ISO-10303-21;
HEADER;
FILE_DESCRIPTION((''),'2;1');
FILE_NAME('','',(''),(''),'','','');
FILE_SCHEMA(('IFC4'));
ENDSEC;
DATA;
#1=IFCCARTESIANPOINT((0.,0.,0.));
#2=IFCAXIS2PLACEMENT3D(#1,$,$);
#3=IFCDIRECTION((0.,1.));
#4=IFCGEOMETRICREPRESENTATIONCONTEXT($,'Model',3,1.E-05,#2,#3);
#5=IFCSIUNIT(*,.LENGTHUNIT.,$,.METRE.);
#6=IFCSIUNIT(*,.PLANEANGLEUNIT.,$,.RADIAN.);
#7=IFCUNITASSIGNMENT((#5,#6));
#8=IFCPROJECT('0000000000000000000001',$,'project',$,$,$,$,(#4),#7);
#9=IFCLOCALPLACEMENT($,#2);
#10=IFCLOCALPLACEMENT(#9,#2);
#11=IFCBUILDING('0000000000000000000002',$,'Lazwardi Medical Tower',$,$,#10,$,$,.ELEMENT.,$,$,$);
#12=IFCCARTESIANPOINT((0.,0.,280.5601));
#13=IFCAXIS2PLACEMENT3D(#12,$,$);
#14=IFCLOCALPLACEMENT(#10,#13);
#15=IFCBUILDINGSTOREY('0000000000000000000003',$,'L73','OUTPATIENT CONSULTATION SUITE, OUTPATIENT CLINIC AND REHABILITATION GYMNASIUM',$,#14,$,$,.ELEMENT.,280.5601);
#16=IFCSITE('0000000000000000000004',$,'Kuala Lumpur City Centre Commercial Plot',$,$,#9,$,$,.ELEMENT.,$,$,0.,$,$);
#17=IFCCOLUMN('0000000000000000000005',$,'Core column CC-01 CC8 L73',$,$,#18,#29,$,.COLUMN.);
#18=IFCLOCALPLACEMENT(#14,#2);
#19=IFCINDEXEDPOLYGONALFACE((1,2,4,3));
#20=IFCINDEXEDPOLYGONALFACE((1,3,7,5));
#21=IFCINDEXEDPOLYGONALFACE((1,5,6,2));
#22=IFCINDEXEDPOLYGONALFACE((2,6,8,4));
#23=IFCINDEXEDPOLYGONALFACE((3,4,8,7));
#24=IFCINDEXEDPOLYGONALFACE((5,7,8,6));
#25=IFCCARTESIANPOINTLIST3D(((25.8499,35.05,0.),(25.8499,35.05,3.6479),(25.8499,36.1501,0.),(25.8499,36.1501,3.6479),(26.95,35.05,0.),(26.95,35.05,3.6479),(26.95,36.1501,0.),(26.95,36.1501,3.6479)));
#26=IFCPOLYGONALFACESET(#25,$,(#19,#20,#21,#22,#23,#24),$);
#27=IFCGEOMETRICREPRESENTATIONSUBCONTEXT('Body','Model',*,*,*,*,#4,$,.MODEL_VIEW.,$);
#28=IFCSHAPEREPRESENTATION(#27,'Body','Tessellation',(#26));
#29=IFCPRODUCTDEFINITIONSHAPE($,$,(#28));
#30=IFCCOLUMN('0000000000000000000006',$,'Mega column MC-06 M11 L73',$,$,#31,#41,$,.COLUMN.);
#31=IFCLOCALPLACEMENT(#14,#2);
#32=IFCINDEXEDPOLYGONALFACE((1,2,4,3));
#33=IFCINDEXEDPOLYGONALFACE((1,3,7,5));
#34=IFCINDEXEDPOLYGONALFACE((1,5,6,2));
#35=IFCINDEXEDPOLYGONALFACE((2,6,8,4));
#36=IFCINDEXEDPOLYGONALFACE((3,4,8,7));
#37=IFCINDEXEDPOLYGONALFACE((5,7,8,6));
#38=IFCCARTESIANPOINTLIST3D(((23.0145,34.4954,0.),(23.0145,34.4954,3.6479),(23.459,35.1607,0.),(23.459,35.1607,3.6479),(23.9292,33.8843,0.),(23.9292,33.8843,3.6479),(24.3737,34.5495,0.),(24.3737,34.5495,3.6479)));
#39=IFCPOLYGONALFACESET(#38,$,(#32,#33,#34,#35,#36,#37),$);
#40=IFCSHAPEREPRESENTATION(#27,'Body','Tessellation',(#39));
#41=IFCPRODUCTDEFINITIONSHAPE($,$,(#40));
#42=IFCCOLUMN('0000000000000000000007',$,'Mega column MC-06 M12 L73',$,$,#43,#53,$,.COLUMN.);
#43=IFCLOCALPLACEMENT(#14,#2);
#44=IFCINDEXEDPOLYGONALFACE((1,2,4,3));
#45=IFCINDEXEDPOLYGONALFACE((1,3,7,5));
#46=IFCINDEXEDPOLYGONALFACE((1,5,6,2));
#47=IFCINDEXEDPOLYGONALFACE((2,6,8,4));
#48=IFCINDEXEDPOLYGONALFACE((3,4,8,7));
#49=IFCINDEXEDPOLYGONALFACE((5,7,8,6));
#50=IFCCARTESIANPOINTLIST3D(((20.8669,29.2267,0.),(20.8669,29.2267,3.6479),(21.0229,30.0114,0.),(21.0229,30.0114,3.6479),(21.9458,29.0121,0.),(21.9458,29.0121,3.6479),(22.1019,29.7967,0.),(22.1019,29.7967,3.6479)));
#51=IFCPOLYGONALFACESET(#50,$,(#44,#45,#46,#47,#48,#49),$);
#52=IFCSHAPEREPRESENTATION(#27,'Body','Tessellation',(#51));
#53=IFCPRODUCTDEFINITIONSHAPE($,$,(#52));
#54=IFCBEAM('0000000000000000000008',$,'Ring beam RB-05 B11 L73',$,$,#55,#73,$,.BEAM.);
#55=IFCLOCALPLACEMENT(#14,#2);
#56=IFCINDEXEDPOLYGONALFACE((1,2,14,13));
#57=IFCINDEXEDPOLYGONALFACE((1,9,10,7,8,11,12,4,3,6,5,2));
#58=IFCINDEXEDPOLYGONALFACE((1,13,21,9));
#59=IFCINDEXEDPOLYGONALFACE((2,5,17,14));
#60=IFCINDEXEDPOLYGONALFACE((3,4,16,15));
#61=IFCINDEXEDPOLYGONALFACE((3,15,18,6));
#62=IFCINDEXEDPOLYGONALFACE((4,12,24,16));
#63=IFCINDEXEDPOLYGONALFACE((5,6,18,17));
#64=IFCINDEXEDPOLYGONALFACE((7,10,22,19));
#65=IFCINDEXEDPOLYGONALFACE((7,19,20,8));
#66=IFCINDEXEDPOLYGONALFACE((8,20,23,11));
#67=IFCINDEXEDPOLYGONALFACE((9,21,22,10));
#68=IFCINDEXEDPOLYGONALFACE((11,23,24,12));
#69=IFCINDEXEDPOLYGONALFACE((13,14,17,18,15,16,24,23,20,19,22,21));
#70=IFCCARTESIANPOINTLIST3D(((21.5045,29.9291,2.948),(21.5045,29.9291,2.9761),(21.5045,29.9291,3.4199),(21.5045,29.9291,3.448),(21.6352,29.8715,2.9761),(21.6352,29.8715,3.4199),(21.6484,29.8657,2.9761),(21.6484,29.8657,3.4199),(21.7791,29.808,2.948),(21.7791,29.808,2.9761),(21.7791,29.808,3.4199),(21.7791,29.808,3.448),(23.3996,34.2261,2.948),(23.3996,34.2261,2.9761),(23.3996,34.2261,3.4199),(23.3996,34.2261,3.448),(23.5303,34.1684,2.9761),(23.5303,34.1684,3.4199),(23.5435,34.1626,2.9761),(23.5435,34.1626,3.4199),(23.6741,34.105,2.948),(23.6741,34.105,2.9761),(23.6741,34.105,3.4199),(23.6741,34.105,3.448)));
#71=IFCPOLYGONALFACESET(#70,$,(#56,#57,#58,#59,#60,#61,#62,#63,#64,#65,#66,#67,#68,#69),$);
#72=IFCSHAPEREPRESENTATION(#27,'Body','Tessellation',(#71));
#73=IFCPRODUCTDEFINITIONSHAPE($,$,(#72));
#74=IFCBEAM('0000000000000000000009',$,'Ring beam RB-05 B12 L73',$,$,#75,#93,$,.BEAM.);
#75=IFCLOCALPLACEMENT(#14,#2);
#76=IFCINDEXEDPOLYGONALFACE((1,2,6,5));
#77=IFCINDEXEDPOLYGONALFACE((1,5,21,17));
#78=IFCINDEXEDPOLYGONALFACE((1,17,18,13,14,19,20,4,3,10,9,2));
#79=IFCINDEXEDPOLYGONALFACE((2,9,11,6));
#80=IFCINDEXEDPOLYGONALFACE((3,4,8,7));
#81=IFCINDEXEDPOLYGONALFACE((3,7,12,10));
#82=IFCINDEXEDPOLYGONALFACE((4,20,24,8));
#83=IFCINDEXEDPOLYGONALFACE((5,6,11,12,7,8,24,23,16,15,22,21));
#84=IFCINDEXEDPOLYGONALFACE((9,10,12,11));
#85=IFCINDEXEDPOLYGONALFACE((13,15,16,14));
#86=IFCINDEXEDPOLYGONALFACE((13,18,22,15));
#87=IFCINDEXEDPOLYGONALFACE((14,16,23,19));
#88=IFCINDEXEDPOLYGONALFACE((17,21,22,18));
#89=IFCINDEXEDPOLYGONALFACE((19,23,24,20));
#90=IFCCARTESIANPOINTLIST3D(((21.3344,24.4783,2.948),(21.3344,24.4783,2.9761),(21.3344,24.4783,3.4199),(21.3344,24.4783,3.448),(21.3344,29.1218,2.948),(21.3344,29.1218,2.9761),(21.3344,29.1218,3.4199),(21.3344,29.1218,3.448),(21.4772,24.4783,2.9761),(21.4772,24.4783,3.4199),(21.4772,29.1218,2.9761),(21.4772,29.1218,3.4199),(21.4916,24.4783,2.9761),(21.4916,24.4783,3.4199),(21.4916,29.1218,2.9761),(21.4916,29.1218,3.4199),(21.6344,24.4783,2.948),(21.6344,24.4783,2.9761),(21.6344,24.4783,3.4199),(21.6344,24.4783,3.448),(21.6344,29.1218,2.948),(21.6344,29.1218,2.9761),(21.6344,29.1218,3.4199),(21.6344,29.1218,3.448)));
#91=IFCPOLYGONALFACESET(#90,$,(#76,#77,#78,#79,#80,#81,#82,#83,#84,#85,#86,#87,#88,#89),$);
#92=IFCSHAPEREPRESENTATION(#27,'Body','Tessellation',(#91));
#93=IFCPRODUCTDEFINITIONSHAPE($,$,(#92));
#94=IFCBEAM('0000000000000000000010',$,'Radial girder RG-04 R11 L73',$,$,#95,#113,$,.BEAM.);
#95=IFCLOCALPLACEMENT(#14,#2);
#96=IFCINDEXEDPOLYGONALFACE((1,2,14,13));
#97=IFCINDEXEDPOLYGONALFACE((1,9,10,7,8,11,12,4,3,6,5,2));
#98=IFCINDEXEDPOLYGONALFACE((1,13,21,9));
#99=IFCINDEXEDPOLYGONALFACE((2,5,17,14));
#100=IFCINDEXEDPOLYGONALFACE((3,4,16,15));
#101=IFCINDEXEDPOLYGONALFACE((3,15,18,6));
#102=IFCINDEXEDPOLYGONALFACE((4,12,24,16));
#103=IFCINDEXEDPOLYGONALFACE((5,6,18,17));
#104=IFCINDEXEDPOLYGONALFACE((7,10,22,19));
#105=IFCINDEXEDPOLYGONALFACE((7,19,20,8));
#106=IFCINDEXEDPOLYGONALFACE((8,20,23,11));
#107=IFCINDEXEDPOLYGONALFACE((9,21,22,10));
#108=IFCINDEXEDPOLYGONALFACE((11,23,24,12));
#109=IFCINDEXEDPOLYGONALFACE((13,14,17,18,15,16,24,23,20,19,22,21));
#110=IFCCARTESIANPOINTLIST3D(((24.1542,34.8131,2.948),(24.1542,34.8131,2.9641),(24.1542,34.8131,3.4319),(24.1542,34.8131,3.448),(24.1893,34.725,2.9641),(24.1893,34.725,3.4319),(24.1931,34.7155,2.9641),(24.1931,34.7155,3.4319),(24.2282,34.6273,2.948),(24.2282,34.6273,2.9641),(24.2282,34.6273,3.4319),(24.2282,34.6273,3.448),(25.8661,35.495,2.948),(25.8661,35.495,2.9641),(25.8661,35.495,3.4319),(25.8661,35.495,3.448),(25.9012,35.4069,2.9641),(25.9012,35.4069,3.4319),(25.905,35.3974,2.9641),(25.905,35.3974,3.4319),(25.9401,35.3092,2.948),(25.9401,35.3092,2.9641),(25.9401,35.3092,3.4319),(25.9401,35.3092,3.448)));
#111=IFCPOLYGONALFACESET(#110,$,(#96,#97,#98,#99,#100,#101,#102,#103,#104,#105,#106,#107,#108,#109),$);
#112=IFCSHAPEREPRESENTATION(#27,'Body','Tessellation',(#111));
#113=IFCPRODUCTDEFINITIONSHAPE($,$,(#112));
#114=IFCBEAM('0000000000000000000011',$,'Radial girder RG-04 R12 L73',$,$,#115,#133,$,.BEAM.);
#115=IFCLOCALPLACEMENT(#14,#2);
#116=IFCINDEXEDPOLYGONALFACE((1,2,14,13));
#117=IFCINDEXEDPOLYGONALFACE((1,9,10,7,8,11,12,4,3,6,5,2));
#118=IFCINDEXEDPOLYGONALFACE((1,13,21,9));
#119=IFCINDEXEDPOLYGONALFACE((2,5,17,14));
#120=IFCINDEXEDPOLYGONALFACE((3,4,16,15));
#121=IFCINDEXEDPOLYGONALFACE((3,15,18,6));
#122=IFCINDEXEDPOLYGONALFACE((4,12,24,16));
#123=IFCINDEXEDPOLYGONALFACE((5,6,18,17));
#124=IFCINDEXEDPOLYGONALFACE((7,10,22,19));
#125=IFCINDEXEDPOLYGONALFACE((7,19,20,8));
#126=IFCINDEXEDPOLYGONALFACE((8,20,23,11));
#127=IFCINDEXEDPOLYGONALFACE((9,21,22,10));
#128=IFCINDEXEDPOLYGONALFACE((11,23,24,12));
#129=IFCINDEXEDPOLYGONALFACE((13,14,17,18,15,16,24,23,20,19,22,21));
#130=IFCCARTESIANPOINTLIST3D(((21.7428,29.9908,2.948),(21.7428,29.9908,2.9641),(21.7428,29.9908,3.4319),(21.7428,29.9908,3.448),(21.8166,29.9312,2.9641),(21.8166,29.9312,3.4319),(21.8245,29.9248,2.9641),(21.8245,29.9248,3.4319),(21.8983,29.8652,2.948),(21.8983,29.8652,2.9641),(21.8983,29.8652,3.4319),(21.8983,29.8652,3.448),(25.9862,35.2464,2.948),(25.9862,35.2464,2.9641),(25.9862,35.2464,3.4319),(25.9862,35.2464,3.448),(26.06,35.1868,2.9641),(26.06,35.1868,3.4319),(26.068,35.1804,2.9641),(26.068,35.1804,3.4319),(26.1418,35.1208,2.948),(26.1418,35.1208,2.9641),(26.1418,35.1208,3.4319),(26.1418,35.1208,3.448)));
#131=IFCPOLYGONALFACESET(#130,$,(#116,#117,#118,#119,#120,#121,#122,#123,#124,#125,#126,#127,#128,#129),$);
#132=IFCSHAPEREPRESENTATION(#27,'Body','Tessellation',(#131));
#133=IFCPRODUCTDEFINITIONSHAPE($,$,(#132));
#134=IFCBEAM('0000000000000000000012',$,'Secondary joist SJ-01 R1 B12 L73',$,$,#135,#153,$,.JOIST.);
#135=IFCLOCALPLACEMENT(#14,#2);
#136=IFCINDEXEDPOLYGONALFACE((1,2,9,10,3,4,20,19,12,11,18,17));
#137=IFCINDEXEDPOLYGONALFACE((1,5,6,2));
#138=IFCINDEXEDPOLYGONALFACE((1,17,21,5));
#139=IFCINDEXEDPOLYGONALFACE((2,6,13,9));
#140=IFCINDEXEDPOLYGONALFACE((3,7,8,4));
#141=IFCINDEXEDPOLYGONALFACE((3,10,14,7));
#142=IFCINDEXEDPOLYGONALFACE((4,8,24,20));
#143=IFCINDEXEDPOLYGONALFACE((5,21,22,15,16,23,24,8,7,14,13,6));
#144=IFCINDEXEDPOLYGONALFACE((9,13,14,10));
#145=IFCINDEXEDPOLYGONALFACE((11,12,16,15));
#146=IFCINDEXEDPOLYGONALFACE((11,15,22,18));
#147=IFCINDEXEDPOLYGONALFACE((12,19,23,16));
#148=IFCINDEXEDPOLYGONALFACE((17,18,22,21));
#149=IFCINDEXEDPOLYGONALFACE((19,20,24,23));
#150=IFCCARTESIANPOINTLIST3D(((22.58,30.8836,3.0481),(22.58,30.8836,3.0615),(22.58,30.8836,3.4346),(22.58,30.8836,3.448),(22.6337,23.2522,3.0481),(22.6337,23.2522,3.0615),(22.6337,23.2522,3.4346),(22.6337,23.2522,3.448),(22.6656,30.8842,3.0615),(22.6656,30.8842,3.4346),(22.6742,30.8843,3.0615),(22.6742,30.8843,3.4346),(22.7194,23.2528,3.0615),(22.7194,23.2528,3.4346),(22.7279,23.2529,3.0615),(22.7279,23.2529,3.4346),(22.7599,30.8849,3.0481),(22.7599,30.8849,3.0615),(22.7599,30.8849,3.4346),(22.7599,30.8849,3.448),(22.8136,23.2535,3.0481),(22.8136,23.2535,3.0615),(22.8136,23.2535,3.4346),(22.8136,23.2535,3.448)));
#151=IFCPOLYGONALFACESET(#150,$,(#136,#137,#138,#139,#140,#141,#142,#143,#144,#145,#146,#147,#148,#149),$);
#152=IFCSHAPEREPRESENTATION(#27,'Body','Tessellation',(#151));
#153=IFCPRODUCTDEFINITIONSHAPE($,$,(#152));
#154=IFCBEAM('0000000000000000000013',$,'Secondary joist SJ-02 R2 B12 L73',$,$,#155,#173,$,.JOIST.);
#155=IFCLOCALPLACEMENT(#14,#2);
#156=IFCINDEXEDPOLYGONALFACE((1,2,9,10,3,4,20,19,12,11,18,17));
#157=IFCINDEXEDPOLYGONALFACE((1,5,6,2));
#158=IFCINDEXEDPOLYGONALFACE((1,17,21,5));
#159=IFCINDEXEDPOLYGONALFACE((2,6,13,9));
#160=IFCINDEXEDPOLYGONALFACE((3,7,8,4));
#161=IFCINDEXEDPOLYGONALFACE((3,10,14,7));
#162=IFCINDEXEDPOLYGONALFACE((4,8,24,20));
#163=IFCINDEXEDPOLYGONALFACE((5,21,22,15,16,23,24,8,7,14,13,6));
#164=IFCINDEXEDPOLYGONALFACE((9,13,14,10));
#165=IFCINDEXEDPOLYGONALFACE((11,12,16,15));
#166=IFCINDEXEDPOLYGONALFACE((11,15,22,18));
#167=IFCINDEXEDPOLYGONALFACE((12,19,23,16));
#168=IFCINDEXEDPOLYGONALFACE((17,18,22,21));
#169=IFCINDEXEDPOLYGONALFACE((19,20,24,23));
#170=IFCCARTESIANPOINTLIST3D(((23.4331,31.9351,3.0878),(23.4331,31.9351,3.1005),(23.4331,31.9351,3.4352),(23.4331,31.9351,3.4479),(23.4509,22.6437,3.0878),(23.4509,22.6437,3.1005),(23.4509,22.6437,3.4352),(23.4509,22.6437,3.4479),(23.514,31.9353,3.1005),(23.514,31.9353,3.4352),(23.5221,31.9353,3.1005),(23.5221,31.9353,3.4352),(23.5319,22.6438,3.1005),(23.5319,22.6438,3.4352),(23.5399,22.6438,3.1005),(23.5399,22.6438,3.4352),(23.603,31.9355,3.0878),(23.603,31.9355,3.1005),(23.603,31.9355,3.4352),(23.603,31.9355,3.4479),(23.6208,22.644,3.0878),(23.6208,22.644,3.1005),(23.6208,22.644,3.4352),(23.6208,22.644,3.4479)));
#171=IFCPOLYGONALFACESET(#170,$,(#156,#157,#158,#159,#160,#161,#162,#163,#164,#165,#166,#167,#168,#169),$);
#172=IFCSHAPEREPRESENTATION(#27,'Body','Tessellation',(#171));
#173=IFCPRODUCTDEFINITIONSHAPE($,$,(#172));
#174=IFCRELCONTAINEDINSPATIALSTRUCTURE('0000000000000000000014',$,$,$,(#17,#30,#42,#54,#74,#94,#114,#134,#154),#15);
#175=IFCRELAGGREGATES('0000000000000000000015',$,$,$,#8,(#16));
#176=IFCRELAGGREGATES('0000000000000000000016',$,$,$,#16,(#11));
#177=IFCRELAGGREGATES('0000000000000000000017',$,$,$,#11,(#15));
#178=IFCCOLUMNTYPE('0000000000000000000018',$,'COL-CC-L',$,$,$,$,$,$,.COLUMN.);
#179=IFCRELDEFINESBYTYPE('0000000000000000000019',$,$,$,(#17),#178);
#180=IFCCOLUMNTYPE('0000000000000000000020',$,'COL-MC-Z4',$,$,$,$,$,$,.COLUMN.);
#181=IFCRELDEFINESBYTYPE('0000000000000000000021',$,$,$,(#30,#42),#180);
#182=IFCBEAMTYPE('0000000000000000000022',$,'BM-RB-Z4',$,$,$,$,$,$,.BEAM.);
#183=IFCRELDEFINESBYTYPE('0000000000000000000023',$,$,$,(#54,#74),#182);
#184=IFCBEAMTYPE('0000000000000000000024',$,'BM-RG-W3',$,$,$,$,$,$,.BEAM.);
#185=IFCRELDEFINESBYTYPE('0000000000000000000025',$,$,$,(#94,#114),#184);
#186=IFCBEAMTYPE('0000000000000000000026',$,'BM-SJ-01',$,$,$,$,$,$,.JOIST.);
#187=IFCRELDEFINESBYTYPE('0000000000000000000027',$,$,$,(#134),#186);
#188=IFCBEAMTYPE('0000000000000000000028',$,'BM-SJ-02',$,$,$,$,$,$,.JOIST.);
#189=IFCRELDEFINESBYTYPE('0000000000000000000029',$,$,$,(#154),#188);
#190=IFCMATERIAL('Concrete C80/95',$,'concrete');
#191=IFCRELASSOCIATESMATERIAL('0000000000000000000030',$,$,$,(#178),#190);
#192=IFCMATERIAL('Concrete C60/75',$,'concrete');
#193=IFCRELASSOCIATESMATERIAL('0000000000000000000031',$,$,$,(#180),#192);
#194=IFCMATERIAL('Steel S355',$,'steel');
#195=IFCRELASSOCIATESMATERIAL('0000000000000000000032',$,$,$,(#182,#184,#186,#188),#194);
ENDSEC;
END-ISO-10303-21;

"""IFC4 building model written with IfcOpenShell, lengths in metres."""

from ifc_helpers import new_model, si_unit, direction, frame, origin, origin_2d, place, context, subcontext, project, spatial, rectangle, i_section, extrude, material, material_profile, profile_set, type_object, element, save


model = new_model("IFC4")

# Units and contexts
model_context = context("Model", 3, precision=1e-05, world=origin(), true_north=direction((0.0, 1.0)))
body_context = subcontext(model_context, "Body", "Model", "MODEL_VIEW")
ifc_project = project(units=[si_unit("LENGTHUNIT", "METRE"), si_unit("PLANEANGLEUNIT", "RADIAN")], contexts=[model_context])

# Site, building, storey
site_placement = place(None, origin())
site = spatial("IfcSite", under=ifc_project, at=site_placement, Name="Kuala Lumpur City Centre Commercial Plot", CompositionType="ELEMENT", RefElevation=0.0)
building_placement = place(site_placement, origin())
building = spatial("IfcBuilding", under=site, at=building_placement, Name="Lazwardi Medical Tower", CompositionType="ELEMENT")
storey_placement = place(building_placement, frame((0.0, 0.0, 280.5601)))
storey = spatial("IfcBuildingStorey", under=building, at=storey_placement, Name="L73", Description="OUTPATIENT CONSULTATION SUITE, OUTPATIENT CLINIC AND REHABILITATION GYMNASIUM", CompositionType="ELEMENT", Elevation=280.5601)

# Columns
ifc_material_1 = material(Name="Concrete C80/95", Category="concrete")
ifc_material_profile_1 = material_profile(ifc_material_1, rectangle(XDim=1.1001, YDim=1.1001, at=origin_2d()), Name="RC 1100x1100")
ifc_profile_set_1 = profile_set([ifc_material_profile_1], Name="Concrete C80/95")
column_type_1 = type_object("IfcColumnType", Name="COL-CC-L", PredefinedType="COLUMN", material=ifc_profile_set_1)
column_placement = place(storey_placement, frame((26.3999, 35.6001, 0.0), z_axis=(0.0, 0.0, 1.0), x_axis=(1.0, 0.0, 0.0)))
element("IfcColumn", 1, at=column_placement, inside=storey, type_object=column_type_1, Name="Core column CC-01 CC8 L73", PredefinedType="COLUMN", context=body_context, shape_type="SweptSolid", body=[
    extrude(rectangle(XDim=1.1001, YDim=1.1001, at=origin_2d()), origin(), (0.0, 0.0, 1.0), 3.6479),
])
ifc_material_2 = material(Name="Concrete C60/75", Category="concrete")
ifc_material_profile_2 = material_profile(ifc_material_2, rectangle(XDim=1.1001, YDim=0.8, at=origin_2d()), Name="CFT-RECT 1100x800")
ifc_profile_set_2 = profile_set([ifc_material_profile_2], Name="Concrete C60/75")
column_type_2 = type_object("IfcColumnType", Name="COL-MC-Z4", PredefinedType="COLUMN", material=ifc_profile_set_2)
for number, where, z_axis, x_axis, name in (
    (2, (23.6941, 34.5225, 0.0), (0.0, 0.0, 1.0), (-0.83147, 0.55557, 0.0), "Mega column MC-06 M11 L73"),
    (3, (21.4844, 29.5117, 0.0), (0.0, 0.0, 1.0), (-0.980785, 0.19509, 0.0), "Mega column MC-06 M12 L73"),
):
    element("IfcColumn", number, at=place(storey_placement, frame(where, z_axis=z_axis, x_axis=x_axis)), inside=storey, type_object=column_type_2, Name=name, PredefinedType="COLUMN", context=body_context, shape_type="SweptSolid", body=[
        extrude(rectangle(XDim=1.1001, YDim=0.8, at=origin_2d()), origin(), (0.0, 0.0, 1.0), 3.6479),
    ])

# Beams
ifc_material_3 = material(Name="Steel S355", Category="steel")
ifc_material_profile_3 = material_profile(ifc_material_3, i_section(OverallWidth=0.3, OverallDepth=0.5, WebThickness=0.0144, FlangeThickness=0.0281, at=origin_2d()), Name="HEB 500")
ifc_profile_set_3 = profile_set([ifc_material_profile_3], Name="Steel S355")
beam_type_1 = type_object("IfcBeamType", Name="BM-RB-Z4", PredefinedType="BEAM", material=ifc_profile_set_3)
beam_1_placement = place(storey_placement, frame((23.5369, 34.1655, 3.198), z_axis=(-0.403522, -0.91497, 0.0), x_axis=(0.91497, -0.403522, 0.0)))
element("IfcBeam", 4, at=beam_1_placement, inside=storey, type_object=beam_type_1, Name="Ring beam RB-05 B11 L73", PredefinedType="BEAM", context=body_context, shape_type="SweptSolid", body=[
    extrude(i_section(OverallWidth=0.3, OverallDepth=0.5, WebThickness=0.0144, FlangeThickness=0.0281, at=origin_2d()), origin(), (0.0, 0.0, 1.0), 4.6963),
])
beam_2_placement = place(storey_placement, frame((21.4844, 29.1218, 3.198), z_axis=(0.0, -1.0, 0.0), x_axis=(1.0, 0.0, 0.0)))
element("IfcBeam", 5, at=beam_2_placement, inside=storey, type_object=beam_type_1, Name="Ring beam RB-05 B12 L73", PredefinedType="BEAM", context=body_context, shape_type="SweptSolid", body=[
    extrude(i_section(OverallWidth=0.3, OverallDepth=0.5, WebThickness=0.0144, FlangeThickness=0.0281, at=origin_2d()), origin(), (0.0, 0.0, 1.0), 4.6436),
])
ifc_material_profile_4 = material_profile(ifc_material_3, i_section(OverallWidth=0.2, OverallDepth=0.5, WebThickness=0.0103, FlangeThickness=0.0161, at=origin_2d()), Name="IPE 500")
ifc_profile_set_4 = profile_set([ifc_material_profile_4], Name="Steel S355")
beam_type_2 = type_object("IfcBeamType", Name="BM-RG-W3", PredefinedType="BEAM", material=ifc_profile_set_4)
beam_3_placement = place(storey_placement, frame((24.1912, 34.7202, 3.198), z_axis=(0.929015, 0.370043, 0.0), x_axis=(-0.370043, 0.929015, 0.0)))
element("IfcBeam", 6, at=beam_3_placement, inside=storey, type_object=beam_type_2, Name="Radial girder RG-04 R11 L73", PredefinedType="BEAM", context=body_context, shape_type="SweptSolid", body=[
    extrude(i_section(OverallWidth=0.2, OverallDepth=0.5, WebThickness=0.0103, FlangeThickness=0.0161, at=origin_2d()), origin(), (0.0, 0.0, 1.0), 1.8428),
])
beam_4_placement = place(storey_placement, frame((21.8206, 29.928, 3.198), z_axis=(0.628202, 0.778051, 0.0), x_axis=(-0.778051, 0.628202, 0.0)))
element("IfcBeam", 7, at=beam_4_placement, inside=storey, type_object=beam_type_2, Name="Radial girder RG-04 R12 L73", PredefinedType="BEAM", context=body_context, shape_type="SweptSolid", body=[
    extrude(i_section(OverallWidth=0.2, OverallDepth=0.5, WebThickness=0.0103, FlangeThickness=0.0161, at=origin_2d()), origin(), (0.0, 0.0, 1.0), 6.7549),
])
ifc_material_profile_5 = material_profile(ifc_material_3, i_section(OverallWidth=0.1799, OverallDepth=0.3999, WebThickness=0.0085, FlangeThickness=0.0134, at=origin_2d()), Name="IPE 400")
ifc_profile_set_5 = profile_set([ifc_material_profile_5], Name="Steel S355")
beam_type_3 = type_object("IfcBeamType", Name="BM-SJ-01", PredefinedType="JOIST", material=ifc_profile_set_5)
beam_5_placement = place(storey_placement, frame((22.6699, 30.8843, 3.248), z_axis=(0.007038, -0.999975, 0.0), x_axis=(0.999975, 0.007038, 0.0)))
element("IfcBeam", 8, at=beam_5_placement, inside=storey, type_object=beam_type_3, Name="Secondary joist SJ-01 R1 B12 L73", PredefinedType="JOIST", context=body_context, shape_type="SweptSolid", body=[
    extrude(i_section(OverallWidth=0.1799, OverallDepth=0.3999, WebThickness=0.0085, FlangeThickness=0.0134, at=origin_2d()), origin(), (0.0, 0.0, 1.0), 7.6316),
])
ifc_material_profile_6 = material_profile(ifc_material_3, i_section(OverallWidth=0.1699, OverallDepth=0.3601, WebThickness=0.0081, FlangeThickness=0.0127, at=origin_2d()), Name="IPE 360")
ifc_profile_set_6 = profile_set([ifc_material_profile_6], Name="Steel S355")
beam_type_4 = type_object("IfcBeamType", Name="BM-SJ-02", PredefinedType="JOIST", material=ifc_profile_set_6)
beam_6_placement = place(storey_placement, frame((23.5181, 31.9353, 3.2678), z_axis=(0.001918, -0.999998, 0.0), x_axis=(0.999998, 0.001918, 0.0)))
element("IfcBeam", 9, at=beam_6_placement, inside=storey, type_object=beam_type_4, Name="Secondary joist SJ-02 R2 B12 L73", PredefinedType="JOIST", context=body_context, shape_type="SweptSolid", body=[
    extrude(i_section(OverallWidth=0.1699, OverallDepth=0.3601, WebThickness=0.0081, FlangeThickness=0.0127, at=origin_2d()), origin(), (0.0, 0.0, 1.0), 9.2915),
])

save(model, "model.ifc")
